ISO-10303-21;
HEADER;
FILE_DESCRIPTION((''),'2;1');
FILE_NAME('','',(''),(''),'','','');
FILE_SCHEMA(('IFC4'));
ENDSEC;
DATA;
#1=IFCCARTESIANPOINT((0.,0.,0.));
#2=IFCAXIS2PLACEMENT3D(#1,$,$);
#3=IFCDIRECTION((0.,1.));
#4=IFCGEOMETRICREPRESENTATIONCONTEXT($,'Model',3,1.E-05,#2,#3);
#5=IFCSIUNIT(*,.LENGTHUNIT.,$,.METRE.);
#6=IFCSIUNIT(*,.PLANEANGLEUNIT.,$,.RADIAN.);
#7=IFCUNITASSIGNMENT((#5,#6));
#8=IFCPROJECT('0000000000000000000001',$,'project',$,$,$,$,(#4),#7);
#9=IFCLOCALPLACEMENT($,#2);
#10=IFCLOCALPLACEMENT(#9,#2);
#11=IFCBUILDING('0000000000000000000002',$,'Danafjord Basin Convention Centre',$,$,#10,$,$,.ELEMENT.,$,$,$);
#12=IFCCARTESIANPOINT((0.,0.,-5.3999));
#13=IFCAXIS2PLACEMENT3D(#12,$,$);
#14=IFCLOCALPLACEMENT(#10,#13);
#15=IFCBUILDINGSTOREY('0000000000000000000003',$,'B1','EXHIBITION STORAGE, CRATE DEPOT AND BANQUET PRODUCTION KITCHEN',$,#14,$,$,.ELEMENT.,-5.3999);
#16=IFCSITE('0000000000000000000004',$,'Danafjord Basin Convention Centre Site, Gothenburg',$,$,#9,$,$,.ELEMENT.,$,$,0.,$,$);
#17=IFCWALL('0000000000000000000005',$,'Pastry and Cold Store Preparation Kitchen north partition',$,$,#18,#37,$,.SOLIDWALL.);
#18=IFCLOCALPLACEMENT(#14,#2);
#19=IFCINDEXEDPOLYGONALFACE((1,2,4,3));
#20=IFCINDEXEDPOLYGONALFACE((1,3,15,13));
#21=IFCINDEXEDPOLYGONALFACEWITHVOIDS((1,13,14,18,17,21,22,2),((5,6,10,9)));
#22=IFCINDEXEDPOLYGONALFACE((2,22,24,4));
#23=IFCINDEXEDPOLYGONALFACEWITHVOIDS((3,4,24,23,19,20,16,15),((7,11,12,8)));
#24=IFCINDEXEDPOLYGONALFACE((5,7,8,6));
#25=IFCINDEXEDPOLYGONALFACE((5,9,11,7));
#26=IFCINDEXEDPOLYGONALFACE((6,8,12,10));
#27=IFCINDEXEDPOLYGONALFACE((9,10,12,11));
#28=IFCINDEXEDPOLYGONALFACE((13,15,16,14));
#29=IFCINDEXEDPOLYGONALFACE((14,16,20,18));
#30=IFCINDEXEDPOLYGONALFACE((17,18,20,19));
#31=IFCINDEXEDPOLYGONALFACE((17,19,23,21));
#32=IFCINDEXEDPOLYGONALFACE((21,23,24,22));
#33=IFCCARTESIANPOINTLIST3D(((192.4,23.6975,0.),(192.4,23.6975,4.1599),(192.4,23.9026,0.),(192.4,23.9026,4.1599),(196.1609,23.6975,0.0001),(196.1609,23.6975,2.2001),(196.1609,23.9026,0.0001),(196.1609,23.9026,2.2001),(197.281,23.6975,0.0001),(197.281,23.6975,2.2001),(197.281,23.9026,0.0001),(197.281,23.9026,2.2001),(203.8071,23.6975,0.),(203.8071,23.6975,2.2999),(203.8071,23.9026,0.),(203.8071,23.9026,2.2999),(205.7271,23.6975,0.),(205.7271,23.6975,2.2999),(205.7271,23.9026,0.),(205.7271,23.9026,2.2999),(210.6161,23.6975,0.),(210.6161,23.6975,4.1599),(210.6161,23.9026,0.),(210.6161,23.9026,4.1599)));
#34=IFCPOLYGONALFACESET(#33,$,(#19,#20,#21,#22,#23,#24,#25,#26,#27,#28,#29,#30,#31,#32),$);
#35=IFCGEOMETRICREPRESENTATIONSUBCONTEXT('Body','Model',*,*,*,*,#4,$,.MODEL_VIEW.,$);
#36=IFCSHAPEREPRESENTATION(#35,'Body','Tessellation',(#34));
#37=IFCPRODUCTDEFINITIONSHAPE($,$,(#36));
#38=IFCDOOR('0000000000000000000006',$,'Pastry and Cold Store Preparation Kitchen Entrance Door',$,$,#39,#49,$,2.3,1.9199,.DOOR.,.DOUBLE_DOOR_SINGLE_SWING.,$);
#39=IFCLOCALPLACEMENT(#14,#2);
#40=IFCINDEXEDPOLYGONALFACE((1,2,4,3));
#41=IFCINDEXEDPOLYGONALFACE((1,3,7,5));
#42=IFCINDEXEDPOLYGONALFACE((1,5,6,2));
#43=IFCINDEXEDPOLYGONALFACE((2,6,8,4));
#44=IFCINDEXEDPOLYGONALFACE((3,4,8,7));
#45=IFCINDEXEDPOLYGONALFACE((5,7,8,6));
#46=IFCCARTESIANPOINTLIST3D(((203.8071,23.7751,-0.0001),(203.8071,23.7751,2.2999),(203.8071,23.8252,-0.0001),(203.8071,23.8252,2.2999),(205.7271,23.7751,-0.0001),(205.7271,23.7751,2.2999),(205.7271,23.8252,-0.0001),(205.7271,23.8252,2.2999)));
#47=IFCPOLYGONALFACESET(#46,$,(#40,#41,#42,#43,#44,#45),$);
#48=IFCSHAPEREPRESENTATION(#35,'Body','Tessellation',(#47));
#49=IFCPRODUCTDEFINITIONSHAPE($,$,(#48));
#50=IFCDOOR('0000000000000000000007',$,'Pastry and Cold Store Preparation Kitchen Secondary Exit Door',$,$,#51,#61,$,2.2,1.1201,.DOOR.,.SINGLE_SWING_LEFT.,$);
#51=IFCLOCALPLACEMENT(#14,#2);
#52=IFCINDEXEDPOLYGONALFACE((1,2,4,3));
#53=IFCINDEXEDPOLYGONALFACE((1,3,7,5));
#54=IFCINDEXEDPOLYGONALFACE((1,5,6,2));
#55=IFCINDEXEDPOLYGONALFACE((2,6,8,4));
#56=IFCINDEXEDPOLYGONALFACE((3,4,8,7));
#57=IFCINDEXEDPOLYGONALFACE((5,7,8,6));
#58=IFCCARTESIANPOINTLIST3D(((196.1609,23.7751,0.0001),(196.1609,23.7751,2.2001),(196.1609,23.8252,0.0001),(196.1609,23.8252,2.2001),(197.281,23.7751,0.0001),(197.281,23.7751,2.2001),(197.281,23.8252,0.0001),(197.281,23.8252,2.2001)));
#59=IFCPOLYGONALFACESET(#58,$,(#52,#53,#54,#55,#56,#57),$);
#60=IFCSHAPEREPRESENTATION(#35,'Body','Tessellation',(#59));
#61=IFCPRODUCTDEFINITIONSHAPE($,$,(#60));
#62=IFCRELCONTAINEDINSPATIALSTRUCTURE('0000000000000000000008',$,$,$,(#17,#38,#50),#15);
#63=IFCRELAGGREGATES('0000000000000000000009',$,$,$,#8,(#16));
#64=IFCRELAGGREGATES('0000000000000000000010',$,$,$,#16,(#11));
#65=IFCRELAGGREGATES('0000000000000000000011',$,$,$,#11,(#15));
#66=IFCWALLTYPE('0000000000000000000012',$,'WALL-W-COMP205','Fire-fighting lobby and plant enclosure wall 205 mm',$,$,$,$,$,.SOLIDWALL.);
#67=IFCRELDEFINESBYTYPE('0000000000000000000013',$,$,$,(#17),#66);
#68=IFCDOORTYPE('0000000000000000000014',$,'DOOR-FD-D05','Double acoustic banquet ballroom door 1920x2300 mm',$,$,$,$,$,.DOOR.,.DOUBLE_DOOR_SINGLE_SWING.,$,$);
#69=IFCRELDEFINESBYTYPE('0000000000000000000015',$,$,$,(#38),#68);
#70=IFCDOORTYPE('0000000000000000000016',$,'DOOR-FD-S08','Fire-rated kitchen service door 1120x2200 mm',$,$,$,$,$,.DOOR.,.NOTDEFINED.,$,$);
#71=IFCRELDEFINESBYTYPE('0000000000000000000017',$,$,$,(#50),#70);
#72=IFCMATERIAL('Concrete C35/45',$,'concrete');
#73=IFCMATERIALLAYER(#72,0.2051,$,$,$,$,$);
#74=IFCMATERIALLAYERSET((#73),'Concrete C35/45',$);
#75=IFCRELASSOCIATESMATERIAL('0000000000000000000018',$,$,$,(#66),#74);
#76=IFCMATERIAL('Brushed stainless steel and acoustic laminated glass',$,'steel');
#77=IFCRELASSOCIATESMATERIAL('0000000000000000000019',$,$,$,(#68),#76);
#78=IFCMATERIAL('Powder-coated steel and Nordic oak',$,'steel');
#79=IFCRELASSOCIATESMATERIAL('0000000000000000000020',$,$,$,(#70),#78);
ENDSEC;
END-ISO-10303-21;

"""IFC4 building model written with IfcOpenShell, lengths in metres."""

from ifc_helpers import new_model, si_unit, direction, frame, frame_2d, origin, place, context, subcontext, project, spatial, rectangle, extrude, material, layer, layer_set, type_object, element, fill, save


model = new_model("IFC4")

# Units and contexts
model_context = context("Model", 3, precision=1e-05, world=origin(), true_north=direction((0.0, 1.0)))
body_context = subcontext(model_context, "Body", "Model", "MODEL_VIEW")
ifc_project = project(units=[si_unit("LENGTHUNIT", "METRE"), si_unit("PLANEANGLEUNIT", "RADIAN")], contexts=[model_context])

# Site, building, storey
site_placement = place(None, origin())
site = spatial("IfcSite", under=ifc_project, at=site_placement, Name="Danafjord Basin Convention Centre Site, Gothenburg", CompositionType="ELEMENT", RefElevation=0.0)
building_placement = place(site_placement, origin())
building = spatial("IfcBuilding", under=site, at=building_placement, Name="Danafjord Basin Convention Centre", CompositionType="ELEMENT")
storey_placement = place(building_placement, frame((0.0, 0.0, -5.3999)))
storey = spatial("IfcBuildingStorey", under=building, at=storey_placement, Name="B1", Description="EXHIBITION STORAGE, CRATE DEPOT AND BANQUET PRODUCTION KITCHEN", CompositionType="ELEMENT", Elevation=-5.3999)

# Shared definitions
ifc_material_1 = material(Name="Concrete C35/45", Category="concrete")

# Wall, openings, doors
ifc_layer_1 = layer(ifc_material_1, 0.2051)
ifc_layer_set_1 = layer_set([ifc_layer_1], Name="Concrete C35/45")
wall_type_1 = type_object("IfcWallType", Name="WALL-W-COMP205", Description="Fire-fighting lobby and plant enclosure wall 205 mm", PredefinedType="SOLIDWALL", material=ifc_layer_set_1)
wall_1_placement = place(storey_placement, frame((210.616, 23.8, 0.0), z_axis=(0.0, 0.0, 1.0), x_axis=(-1.0, 0.0, 0.0)))
wall_1 = element("IfcWall", 1, at=wall_1_placement, inside=storey, type_object=wall_type_1, Name="Pastry and Cold Store Preparation Kitchen north partition", PredefinedType="SOLIDWALL", context=body_context, shape_type="SweptSolid", body=[
    extrude(rectangle(XDim=18.2161, YDim=0.2051, at=frame_2d((9.1079, 0.0))), origin(), (0.0, 0.0, 1.0), 4.1599),
])
opening_1_placement = place(wall_1_placement, frame((4.8889, 0.0, 0.0)))
opening_1 = element("IfcOpeningElement", 2, at=opening_1_placement, cuts=wall_1, PredefinedType="OPENING", context=body_context, shape_type="SweptSolid", body=[
    extrude(rectangle(XDim=1.9199, YDim=2.3, at=frame_2d((0.96, 1.1499))), frame((0.0, 0.1125, 0.0), z_axis=(0.0, -1.0, 0.0), x_axis=(1.0, 0.0, 0.0)), (0.0, 0.0, 1.0), 0.2251),
])
opening_2_placement = place(wall_1_placement, frame((13.335, 0.0, 0.0)))
opening_2 = element("IfcOpeningElement", 3, at=opening_2_placement, cuts=wall_1, PredefinedType="OPENING", context=body_context, shape_type="SweptSolid", body=[
    extrude(rectangle(XDim=1.1201, YDim=2.2, at=frame_2d((0.5601, 1.1001))), frame((0.0, 0.1125, 0.0), z_axis=(0.0, -1.0, 0.0), x_axis=(1.0, 0.0, 0.0)), (0.0, 0.0, 1.0), 0.2251),
])
ifc_material_2 = material(Name="Brushed stainless steel and acoustic laminated glass", Category="steel")
door_type_1 = type_object("IfcDoorType", Name="DOOR-FD-D05", Description="Double acoustic banquet ballroom door 1920x2300 mm", OperationType="DOUBLE_DOOR_SINGLE_SWING", PredefinedType="DOOR", material=ifc_material_2)
door_1_placement = place(opening_1_placement, origin())
door_1 = element("IfcDoor", 4, at=door_1_placement, inside=storey, type_object=door_type_1, Name="Pastry and Cold Store Preparation Kitchen Entrance Door", OperationType="DOUBLE_DOOR_SINGLE_SWING", OverallHeight=2.3, OverallWidth=1.9199, PredefinedType="DOOR", context=body_context, shape_type="SweptSolid", body=[
    extrude(rectangle(XDim=1.9199, YDim=2.3, at=frame_2d((0.96, 1.1499))), frame((0.0, 0.0249, 0.0), z_axis=(0.0, -1.0, 0.0), x_axis=(1.0, 0.0, 0.0)), (0.0, 0.0, 1.0), 0.05),
])
fill(opening_1, door_1)
ifc_material_3 = material(Name="Powder-coated steel and Nordic oak", Category="steel")
door_type_2 = type_object("IfcDoorType", Name="DOOR-FD-S08", Description="Fire-rated kitchen service door 1120x2200 mm", OperationType="NOTDEFINED", PredefinedType="DOOR", material=ifc_material_3)
door_2_placement = place(opening_2_placement, origin())
door_2 = element("IfcDoor", 5, at=door_2_placement, inside=storey, type_object=door_type_2, Name="Pastry and Cold Store Preparation Kitchen Secondary Exit Door", OperationType="SINGLE_SWING_LEFT", OverallHeight=2.2, OverallWidth=1.1201, PredefinedType="DOOR", context=body_context, shape_type="SweptSolid", body=[
    extrude(rectangle(XDim=1.1201, YDim=2.2, at=frame_2d((0.5601, 1.1001))), frame((0.0, 0.0249, 0.0), z_axis=(0.0, -1.0, 0.0), x_axis=(1.0, 0.0, 0.0)), (0.0, 0.0, 1.0), 0.05),
])
fill(opening_2, door_2)

save(model, "model.ifc")
